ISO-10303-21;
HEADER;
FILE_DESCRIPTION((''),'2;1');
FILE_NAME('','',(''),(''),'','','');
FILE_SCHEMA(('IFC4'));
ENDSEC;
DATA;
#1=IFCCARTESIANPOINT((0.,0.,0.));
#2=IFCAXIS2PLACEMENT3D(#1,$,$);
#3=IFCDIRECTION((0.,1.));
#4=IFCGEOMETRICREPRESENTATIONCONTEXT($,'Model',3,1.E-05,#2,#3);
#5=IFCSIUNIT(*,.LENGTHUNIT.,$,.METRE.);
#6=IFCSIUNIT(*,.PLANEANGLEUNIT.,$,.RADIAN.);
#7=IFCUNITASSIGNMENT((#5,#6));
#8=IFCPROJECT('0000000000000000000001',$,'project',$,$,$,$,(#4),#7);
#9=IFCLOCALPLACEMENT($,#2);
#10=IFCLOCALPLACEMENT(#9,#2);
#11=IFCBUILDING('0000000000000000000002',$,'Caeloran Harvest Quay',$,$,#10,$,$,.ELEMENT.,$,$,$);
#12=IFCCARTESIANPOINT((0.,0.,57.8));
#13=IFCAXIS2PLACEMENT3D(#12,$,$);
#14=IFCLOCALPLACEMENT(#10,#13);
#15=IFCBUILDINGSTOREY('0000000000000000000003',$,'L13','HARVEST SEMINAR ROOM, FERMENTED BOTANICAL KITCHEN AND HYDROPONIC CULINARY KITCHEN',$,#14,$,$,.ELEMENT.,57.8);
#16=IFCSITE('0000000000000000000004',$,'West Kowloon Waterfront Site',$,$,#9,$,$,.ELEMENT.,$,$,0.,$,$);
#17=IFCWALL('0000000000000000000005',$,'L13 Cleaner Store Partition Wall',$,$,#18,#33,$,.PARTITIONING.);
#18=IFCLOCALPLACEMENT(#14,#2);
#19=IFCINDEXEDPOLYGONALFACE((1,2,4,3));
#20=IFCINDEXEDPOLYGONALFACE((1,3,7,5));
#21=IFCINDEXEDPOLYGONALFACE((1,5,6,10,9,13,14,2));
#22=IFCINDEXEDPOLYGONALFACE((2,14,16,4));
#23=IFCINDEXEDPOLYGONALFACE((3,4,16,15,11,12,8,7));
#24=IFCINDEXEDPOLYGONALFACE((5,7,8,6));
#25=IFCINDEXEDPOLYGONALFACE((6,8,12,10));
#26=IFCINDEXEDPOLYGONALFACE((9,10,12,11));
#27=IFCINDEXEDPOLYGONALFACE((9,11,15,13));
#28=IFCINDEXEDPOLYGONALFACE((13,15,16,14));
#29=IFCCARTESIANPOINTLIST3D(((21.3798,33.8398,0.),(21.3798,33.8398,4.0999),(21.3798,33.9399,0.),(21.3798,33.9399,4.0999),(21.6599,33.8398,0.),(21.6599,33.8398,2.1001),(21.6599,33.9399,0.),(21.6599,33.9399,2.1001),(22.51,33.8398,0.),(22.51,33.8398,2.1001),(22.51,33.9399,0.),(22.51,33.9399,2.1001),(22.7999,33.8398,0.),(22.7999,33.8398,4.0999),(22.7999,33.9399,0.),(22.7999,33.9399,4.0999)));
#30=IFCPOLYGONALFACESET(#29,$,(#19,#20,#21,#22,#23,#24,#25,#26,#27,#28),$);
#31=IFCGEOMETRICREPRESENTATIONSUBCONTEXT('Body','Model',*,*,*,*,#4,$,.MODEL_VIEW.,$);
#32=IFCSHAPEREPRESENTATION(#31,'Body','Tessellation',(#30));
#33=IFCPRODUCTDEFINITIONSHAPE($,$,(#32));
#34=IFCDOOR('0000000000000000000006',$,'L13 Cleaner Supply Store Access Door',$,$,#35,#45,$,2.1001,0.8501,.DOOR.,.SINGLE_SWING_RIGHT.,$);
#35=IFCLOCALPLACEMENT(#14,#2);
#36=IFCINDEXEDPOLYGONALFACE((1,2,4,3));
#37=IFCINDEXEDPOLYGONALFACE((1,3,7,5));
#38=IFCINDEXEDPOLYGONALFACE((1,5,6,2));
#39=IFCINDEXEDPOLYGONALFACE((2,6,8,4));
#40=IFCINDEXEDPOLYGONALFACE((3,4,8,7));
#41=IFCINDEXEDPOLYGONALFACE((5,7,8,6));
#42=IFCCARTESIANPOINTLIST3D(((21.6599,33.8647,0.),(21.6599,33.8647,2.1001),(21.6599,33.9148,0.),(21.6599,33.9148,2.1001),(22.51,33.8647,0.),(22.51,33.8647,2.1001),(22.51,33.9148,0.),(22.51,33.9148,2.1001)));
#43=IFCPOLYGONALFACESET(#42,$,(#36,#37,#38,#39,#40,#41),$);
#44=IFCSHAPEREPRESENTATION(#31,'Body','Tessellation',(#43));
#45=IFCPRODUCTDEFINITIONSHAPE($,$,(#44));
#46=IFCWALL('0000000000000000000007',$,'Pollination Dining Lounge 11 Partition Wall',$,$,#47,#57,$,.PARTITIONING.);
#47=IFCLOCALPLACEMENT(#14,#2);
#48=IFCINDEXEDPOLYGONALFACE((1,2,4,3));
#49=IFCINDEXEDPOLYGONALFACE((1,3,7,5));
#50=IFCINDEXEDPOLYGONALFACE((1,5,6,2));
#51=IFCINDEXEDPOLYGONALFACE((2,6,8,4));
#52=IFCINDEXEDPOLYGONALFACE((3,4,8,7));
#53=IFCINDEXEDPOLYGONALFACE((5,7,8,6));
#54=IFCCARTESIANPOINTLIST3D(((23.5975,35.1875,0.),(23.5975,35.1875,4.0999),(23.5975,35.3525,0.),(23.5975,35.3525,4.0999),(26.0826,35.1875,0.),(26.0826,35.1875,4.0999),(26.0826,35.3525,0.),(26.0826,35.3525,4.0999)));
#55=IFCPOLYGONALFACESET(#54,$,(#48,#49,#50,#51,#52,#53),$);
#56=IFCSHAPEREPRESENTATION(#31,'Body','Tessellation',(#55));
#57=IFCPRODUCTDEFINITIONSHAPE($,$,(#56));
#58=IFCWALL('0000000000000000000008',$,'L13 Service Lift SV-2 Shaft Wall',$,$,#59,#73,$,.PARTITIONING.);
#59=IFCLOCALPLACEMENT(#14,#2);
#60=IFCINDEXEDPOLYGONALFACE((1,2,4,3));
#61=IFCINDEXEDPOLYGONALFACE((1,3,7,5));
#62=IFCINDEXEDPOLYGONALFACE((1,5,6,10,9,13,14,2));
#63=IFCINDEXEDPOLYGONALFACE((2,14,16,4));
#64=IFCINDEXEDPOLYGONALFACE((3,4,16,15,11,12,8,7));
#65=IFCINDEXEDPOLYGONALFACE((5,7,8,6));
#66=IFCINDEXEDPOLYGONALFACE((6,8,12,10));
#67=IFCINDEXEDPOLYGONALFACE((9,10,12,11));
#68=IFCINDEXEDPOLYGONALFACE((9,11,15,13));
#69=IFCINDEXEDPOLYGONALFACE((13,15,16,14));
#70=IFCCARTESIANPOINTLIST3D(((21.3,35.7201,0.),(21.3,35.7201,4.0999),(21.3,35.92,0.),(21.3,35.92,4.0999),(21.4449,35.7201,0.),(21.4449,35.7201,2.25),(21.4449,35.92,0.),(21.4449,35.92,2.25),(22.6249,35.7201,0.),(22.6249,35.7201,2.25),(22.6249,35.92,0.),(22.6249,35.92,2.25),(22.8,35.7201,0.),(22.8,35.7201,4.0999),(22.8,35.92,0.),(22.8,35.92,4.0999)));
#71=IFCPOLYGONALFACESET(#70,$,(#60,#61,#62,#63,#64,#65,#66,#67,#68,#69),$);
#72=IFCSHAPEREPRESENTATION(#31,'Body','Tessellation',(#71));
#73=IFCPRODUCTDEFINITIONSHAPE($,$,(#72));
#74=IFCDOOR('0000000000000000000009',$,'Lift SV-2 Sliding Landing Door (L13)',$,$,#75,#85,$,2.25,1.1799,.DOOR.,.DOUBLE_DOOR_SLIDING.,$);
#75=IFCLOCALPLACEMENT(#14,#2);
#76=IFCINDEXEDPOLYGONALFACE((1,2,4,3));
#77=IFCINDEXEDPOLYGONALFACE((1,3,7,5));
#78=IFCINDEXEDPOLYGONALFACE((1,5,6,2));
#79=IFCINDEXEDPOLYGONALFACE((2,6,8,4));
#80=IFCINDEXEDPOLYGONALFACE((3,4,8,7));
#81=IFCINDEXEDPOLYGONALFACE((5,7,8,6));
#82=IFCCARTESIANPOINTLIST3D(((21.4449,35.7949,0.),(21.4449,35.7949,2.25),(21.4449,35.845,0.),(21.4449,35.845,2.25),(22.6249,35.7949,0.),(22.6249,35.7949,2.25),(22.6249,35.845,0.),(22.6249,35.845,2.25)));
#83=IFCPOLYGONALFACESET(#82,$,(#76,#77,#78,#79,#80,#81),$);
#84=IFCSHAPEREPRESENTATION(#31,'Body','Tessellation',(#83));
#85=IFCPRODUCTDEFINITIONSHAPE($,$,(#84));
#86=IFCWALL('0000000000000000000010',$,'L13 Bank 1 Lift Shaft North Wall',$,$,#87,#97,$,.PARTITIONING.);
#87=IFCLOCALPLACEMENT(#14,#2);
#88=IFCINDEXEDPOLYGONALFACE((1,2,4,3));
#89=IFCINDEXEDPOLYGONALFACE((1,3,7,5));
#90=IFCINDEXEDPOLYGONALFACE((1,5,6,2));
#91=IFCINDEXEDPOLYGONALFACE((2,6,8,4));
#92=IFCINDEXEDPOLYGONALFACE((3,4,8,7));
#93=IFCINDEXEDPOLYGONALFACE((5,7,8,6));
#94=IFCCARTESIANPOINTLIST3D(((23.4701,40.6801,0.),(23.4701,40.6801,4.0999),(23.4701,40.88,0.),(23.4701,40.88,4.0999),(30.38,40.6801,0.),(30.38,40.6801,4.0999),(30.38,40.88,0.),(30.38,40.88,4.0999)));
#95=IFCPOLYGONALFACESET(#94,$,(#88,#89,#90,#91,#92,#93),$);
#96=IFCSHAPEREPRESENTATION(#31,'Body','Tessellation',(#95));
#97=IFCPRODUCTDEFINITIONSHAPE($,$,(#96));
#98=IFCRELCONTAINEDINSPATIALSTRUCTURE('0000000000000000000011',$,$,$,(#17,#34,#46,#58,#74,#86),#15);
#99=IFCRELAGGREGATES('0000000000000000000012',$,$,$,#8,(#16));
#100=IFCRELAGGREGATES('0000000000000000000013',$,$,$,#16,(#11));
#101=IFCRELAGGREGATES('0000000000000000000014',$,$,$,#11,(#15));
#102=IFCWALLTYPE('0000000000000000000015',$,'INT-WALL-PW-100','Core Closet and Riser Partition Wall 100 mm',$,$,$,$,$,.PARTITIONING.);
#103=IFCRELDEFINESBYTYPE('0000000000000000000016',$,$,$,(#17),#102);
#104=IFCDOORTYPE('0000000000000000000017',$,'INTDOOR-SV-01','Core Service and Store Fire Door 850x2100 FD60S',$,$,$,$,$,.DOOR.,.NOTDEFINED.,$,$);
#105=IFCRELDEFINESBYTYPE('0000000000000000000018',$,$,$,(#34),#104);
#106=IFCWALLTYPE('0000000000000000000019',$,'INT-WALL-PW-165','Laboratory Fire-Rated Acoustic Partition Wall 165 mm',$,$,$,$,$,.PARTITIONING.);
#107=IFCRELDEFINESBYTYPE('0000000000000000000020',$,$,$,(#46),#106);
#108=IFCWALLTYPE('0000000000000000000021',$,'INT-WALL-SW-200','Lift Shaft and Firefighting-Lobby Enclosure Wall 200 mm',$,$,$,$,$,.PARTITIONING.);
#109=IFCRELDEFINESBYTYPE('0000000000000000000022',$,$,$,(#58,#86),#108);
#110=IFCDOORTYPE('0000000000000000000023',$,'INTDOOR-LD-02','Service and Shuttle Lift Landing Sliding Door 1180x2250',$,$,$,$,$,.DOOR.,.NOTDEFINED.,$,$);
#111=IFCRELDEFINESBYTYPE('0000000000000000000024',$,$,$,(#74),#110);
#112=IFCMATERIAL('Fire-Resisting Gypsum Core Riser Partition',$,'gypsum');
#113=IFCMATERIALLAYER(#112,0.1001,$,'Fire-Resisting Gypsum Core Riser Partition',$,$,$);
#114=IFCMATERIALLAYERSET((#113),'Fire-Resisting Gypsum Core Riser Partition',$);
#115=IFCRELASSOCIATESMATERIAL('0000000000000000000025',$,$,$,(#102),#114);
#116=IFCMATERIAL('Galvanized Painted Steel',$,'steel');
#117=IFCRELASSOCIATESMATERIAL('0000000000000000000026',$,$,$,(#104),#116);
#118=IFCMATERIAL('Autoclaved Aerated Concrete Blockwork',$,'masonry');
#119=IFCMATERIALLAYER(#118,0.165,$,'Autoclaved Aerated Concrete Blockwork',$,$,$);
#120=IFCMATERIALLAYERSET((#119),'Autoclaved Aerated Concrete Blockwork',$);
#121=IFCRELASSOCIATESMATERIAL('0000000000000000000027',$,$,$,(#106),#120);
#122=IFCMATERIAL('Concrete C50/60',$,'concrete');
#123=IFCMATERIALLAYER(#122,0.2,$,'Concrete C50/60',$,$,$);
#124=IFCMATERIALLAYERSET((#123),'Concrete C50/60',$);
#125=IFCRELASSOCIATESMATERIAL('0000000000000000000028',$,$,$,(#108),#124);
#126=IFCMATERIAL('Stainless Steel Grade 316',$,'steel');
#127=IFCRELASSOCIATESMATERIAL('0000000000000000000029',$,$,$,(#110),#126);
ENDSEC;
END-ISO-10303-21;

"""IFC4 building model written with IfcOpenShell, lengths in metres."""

from ifc_helpers import new_model, si_unit, direction, frame, frame_2d, origin, place, context, subcontext, project, spatial, rectangle, extrude, material, layer, layer_set, type_object, element, fill, save


model = new_model("IFC4")

# Units and contexts
model_context = context("Model", 3, precision=1e-05, world=origin(), true_north=direction((0.0, 1.0)))
body_context = subcontext(model_context, "Body", "Model", "MODEL_VIEW")
ifc_project = project(units=[si_unit("LENGTHUNIT", "METRE"), si_unit("PLANEANGLEUNIT", "RADIAN")], contexts=[model_context])

# Site, building, storey
site_placement = place(None, origin())
site = spatial("IfcSite", under=ifc_project, at=site_placement, Name="West Kowloon Waterfront Site", CompositionType="ELEMENT", RefElevation=0.0)
building_placement = place(site_placement, origin())
building = spatial("IfcBuilding", under=site, at=building_placement, Name="Caeloran Harvest Quay", CompositionType="ELEMENT")
storey_placement = place(building_placement, frame((0.0, 0.0, 57.8)))
storey = spatial("IfcBuildingStorey", under=building, at=storey_placement, Name="L13", Description="HARVEST SEMINAR ROOM, FERMENTED BOTANICAL KITCHEN AND HYDROPONIC CULINARY KITCHEN", CompositionType="ELEMENT", Elevation=57.8)

# Wall, opening, door
ifc_material_1 = material(Name="Fire-Resisting Gypsum Core Riser Partition", Category="gypsum")
ifc_layer_1 = layer(ifc_material_1, 0.1001, Name="Fire-Resisting Gypsum Core Riser Partition")
ifc_layer_set_1 = layer_set([ifc_layer_1], Name="Fire-Resisting Gypsum Core Riser Partition")
wall_type_1 = type_object("IfcWallType", Name="INT-WALL-PW-100", Description="Core Closet and Riser Partition Wall 100 mm", PredefinedType="PARTITIONING", material=ifc_layer_set_1)
wall_1_placement = place(storey_placement, frame((21.3799, 33.8899, 0.0), z_axis=(0.0, 0.0, 1.0), x_axis=(1.0, 0.0, 0.0)))
wall_1 = element("IfcWall", 1, at=wall_1_placement, inside=storey, type_object=wall_type_1, Name="L13 Cleaner Store Partition Wall", PredefinedType="PARTITIONING", context=body_context, shape_type="SweptSolid", body=[
    extrude(rectangle(XDim=1.4202, YDim=0.1001, at=frame_2d((0.71, 0.0))), origin(), (0.0, 0.0, 1.0), 4.0999),
])
opening_1_placement = place(wall_1_placement, frame((0.28, 0.0, 0.0)))
opening_1 = element("IfcOpeningElement", 2, at=opening_1_placement, cuts=wall_1, PredefinedType="OPENING", context=body_context, shape_type="SweptSolid", body=[
    extrude(rectangle(XDim=0.8501, YDim=2.1001, at=frame_2d((0.425, 1.05))), frame((0.0, 0.0601, 0.0), z_axis=(0.0, -1.0, 0.0), x_axis=(1.0, 0.0, 0.0)), (0.0, 0.0, 1.0), 0.1201),
])
ifc_material_2 = material(Name="Galvanized Painted Steel", Category="steel")
door_type_1 = type_object("IfcDoorType", Name="INTDOOR-SV-01", Description="Core Service and Store Fire Door 850x2100 FD60S", OperationType="NOTDEFINED", PredefinedType="DOOR", material=ifc_material_2)
door_1_placement = place(opening_1_placement, origin())
door_1 = element("IfcDoor", 3, at=door_1_placement, inside=storey, type_object=door_type_1, Name="L13 Cleaner Supply Store Access Door", OperationType="SINGLE_SWING_RIGHT", OverallHeight=2.1001, OverallWidth=0.8501, PredefinedType="DOOR", context=body_context, shape_type="SweptSolid", body=[
    extrude(rectangle(XDim=0.8501, YDim=2.1001, at=frame_2d((0.425, 1.05))), frame((0.0, 0.0249, 0.0), z_axis=(0.0, -1.0, 0.0), x_axis=(1.0, 0.0, 0.0)), (0.0, 0.0, 1.0), 0.05),
])
fill(opening_1, door_1)

# Wall
ifc_material_3 = material(Name="Autoclaved Aerated Concrete Blockwork", Category="masonry")
ifc_layer_2 = layer(ifc_material_3, 0.165, Name="Autoclaved Aerated Concrete Blockwork")
ifc_layer_set_2 = layer_set([ifc_layer_2], Name="Autoclaved Aerated Concrete Blockwork")
wall_type_2 = type_object("IfcWallType", Name="INT-WALL-PW-165", Description="Laboratory Fire-Rated Acoustic Partition Wall 165 mm", PredefinedType="PARTITIONING", material=ifc_layer_set_2)
wall_2_placement = place(storey_placement, frame((23.5974, 35.27, 0.0), z_axis=(0.0, 0.0, 1.0), x_axis=(1.0, 0.0, 0.0)))
element("IfcWall", 4, at=wall_2_placement, inside=storey, type_object=wall_type_2, Name="Pollination Dining Lounge 11 Partition Wall", PredefinedType="PARTITIONING", context=body_context, shape_type="SweptSolid", body=[
    extrude(rectangle(XDim=2.4851, YDim=0.165, at=frame_2d((1.2427, 0.0))), origin(), (0.0, 0.0, 1.0), 4.0999),
])

# Wall, opening, door
ifc_material_4 = material(Name="Concrete C50/60", Category="concrete")
ifc_layer_3 = layer(ifc_material_4, 0.2, Name="Concrete C50/60")
ifc_layer_set_3 = layer_set([ifc_layer_3], Name="Concrete C50/60")
wall_type_3 = type_object("IfcWallType", Name="INT-WALL-SW-200", Description="Lift Shaft and Firefighting-Lobby Enclosure Wall 200 mm", PredefinedType="PARTITIONING", material=ifc_layer_set_3)
wall_3_placement = place(storey_placement, frame((21.3, 35.8201, 0.0), z_axis=(0.0, 0.0, 1.0), x_axis=(1.0, 0.0, 0.0)))
wall_3 = element("IfcWall", 5, at=wall_3_placement, inside=storey, type_object=wall_type_3, Name="L13 Service Lift SV-2 Shaft Wall", PredefinedType="PARTITIONING", context=body_context, shape_type="SweptSolid", body=[
    extrude(rectangle(XDim=1.5, YDim=0.2, at=frame_2d((0.75, 0.0))), origin(), (0.0, 0.0, 1.0), 4.0999),
])
opening_2_placement = place(wall_3_placement, frame((0.145, 0.0, 0.0)))
opening_2 = element("IfcOpeningElement", 6, at=opening_2_placement, cuts=wall_3, PredefinedType="OPENING", context=body_context, shape_type="SweptSolid", body=[
    extrude(rectangle(XDim=1.1799, YDim=2.25, at=frame_2d((0.5898, 1.125))), frame((0.0, 0.1099, 0.0), z_axis=(0.0, -1.0, 0.0), x_axis=(1.0, 0.0, 0.0)), (0.0, 0.0, 1.0), 0.22),
])
ifc_material_5 = material(Name="Stainless Steel Grade 316", Category="steel")
door_type_2 = type_object("IfcDoorType", Name="INTDOOR-LD-02", Description="Service and Shuttle Lift Landing Sliding Door 1180x2250", OperationType="NOTDEFINED", PredefinedType="DOOR", material=ifc_material_5)
door_2_placement = place(opening_2_placement, origin())
door_2 = element("IfcDoor", 7, at=door_2_placement, inside=storey, type_object=door_type_2, Name="Lift SV-2 Sliding Landing Door (L13)", OperationType="DOUBLE_DOOR_SLIDING", OverallHeight=2.25, OverallWidth=1.1799, PredefinedType="DOOR", context=body_context, shape_type="SweptSolid", body=[
    extrude(rectangle(XDim=1.1799, YDim=2.25, at=frame_2d((0.5898, 1.125))), frame((0.0, 0.0249, 0.0), z_axis=(0.0, -1.0, 0.0), x_axis=(1.0, 0.0, 0.0)), (0.0, 0.0, 1.0), 0.05),
])
fill(opening_2, door_2)

# Wall
wall_4_placement = place(storey_placement, frame((23.47, 40.78, 0.0), z_axis=(0.0, 0.0, 1.0), x_axis=(1.0, 0.0, 0.0)))
element("IfcWall", 8, at=wall_4_placement, inside=storey, type_object=wall_type_3, Name="L13 Bank 1 Lift Shaft North Wall", PredefinedType="PARTITIONING", context=body_context, shape_type="SweptSolid", body=[
    extrude(rectangle(XDim=6.9099, YDim=0.2, at=frame_2d((3.4551, 0.0))), origin(), (0.0, 0.0, 1.0), 4.0999),
])

save(model, "model.ifc")
